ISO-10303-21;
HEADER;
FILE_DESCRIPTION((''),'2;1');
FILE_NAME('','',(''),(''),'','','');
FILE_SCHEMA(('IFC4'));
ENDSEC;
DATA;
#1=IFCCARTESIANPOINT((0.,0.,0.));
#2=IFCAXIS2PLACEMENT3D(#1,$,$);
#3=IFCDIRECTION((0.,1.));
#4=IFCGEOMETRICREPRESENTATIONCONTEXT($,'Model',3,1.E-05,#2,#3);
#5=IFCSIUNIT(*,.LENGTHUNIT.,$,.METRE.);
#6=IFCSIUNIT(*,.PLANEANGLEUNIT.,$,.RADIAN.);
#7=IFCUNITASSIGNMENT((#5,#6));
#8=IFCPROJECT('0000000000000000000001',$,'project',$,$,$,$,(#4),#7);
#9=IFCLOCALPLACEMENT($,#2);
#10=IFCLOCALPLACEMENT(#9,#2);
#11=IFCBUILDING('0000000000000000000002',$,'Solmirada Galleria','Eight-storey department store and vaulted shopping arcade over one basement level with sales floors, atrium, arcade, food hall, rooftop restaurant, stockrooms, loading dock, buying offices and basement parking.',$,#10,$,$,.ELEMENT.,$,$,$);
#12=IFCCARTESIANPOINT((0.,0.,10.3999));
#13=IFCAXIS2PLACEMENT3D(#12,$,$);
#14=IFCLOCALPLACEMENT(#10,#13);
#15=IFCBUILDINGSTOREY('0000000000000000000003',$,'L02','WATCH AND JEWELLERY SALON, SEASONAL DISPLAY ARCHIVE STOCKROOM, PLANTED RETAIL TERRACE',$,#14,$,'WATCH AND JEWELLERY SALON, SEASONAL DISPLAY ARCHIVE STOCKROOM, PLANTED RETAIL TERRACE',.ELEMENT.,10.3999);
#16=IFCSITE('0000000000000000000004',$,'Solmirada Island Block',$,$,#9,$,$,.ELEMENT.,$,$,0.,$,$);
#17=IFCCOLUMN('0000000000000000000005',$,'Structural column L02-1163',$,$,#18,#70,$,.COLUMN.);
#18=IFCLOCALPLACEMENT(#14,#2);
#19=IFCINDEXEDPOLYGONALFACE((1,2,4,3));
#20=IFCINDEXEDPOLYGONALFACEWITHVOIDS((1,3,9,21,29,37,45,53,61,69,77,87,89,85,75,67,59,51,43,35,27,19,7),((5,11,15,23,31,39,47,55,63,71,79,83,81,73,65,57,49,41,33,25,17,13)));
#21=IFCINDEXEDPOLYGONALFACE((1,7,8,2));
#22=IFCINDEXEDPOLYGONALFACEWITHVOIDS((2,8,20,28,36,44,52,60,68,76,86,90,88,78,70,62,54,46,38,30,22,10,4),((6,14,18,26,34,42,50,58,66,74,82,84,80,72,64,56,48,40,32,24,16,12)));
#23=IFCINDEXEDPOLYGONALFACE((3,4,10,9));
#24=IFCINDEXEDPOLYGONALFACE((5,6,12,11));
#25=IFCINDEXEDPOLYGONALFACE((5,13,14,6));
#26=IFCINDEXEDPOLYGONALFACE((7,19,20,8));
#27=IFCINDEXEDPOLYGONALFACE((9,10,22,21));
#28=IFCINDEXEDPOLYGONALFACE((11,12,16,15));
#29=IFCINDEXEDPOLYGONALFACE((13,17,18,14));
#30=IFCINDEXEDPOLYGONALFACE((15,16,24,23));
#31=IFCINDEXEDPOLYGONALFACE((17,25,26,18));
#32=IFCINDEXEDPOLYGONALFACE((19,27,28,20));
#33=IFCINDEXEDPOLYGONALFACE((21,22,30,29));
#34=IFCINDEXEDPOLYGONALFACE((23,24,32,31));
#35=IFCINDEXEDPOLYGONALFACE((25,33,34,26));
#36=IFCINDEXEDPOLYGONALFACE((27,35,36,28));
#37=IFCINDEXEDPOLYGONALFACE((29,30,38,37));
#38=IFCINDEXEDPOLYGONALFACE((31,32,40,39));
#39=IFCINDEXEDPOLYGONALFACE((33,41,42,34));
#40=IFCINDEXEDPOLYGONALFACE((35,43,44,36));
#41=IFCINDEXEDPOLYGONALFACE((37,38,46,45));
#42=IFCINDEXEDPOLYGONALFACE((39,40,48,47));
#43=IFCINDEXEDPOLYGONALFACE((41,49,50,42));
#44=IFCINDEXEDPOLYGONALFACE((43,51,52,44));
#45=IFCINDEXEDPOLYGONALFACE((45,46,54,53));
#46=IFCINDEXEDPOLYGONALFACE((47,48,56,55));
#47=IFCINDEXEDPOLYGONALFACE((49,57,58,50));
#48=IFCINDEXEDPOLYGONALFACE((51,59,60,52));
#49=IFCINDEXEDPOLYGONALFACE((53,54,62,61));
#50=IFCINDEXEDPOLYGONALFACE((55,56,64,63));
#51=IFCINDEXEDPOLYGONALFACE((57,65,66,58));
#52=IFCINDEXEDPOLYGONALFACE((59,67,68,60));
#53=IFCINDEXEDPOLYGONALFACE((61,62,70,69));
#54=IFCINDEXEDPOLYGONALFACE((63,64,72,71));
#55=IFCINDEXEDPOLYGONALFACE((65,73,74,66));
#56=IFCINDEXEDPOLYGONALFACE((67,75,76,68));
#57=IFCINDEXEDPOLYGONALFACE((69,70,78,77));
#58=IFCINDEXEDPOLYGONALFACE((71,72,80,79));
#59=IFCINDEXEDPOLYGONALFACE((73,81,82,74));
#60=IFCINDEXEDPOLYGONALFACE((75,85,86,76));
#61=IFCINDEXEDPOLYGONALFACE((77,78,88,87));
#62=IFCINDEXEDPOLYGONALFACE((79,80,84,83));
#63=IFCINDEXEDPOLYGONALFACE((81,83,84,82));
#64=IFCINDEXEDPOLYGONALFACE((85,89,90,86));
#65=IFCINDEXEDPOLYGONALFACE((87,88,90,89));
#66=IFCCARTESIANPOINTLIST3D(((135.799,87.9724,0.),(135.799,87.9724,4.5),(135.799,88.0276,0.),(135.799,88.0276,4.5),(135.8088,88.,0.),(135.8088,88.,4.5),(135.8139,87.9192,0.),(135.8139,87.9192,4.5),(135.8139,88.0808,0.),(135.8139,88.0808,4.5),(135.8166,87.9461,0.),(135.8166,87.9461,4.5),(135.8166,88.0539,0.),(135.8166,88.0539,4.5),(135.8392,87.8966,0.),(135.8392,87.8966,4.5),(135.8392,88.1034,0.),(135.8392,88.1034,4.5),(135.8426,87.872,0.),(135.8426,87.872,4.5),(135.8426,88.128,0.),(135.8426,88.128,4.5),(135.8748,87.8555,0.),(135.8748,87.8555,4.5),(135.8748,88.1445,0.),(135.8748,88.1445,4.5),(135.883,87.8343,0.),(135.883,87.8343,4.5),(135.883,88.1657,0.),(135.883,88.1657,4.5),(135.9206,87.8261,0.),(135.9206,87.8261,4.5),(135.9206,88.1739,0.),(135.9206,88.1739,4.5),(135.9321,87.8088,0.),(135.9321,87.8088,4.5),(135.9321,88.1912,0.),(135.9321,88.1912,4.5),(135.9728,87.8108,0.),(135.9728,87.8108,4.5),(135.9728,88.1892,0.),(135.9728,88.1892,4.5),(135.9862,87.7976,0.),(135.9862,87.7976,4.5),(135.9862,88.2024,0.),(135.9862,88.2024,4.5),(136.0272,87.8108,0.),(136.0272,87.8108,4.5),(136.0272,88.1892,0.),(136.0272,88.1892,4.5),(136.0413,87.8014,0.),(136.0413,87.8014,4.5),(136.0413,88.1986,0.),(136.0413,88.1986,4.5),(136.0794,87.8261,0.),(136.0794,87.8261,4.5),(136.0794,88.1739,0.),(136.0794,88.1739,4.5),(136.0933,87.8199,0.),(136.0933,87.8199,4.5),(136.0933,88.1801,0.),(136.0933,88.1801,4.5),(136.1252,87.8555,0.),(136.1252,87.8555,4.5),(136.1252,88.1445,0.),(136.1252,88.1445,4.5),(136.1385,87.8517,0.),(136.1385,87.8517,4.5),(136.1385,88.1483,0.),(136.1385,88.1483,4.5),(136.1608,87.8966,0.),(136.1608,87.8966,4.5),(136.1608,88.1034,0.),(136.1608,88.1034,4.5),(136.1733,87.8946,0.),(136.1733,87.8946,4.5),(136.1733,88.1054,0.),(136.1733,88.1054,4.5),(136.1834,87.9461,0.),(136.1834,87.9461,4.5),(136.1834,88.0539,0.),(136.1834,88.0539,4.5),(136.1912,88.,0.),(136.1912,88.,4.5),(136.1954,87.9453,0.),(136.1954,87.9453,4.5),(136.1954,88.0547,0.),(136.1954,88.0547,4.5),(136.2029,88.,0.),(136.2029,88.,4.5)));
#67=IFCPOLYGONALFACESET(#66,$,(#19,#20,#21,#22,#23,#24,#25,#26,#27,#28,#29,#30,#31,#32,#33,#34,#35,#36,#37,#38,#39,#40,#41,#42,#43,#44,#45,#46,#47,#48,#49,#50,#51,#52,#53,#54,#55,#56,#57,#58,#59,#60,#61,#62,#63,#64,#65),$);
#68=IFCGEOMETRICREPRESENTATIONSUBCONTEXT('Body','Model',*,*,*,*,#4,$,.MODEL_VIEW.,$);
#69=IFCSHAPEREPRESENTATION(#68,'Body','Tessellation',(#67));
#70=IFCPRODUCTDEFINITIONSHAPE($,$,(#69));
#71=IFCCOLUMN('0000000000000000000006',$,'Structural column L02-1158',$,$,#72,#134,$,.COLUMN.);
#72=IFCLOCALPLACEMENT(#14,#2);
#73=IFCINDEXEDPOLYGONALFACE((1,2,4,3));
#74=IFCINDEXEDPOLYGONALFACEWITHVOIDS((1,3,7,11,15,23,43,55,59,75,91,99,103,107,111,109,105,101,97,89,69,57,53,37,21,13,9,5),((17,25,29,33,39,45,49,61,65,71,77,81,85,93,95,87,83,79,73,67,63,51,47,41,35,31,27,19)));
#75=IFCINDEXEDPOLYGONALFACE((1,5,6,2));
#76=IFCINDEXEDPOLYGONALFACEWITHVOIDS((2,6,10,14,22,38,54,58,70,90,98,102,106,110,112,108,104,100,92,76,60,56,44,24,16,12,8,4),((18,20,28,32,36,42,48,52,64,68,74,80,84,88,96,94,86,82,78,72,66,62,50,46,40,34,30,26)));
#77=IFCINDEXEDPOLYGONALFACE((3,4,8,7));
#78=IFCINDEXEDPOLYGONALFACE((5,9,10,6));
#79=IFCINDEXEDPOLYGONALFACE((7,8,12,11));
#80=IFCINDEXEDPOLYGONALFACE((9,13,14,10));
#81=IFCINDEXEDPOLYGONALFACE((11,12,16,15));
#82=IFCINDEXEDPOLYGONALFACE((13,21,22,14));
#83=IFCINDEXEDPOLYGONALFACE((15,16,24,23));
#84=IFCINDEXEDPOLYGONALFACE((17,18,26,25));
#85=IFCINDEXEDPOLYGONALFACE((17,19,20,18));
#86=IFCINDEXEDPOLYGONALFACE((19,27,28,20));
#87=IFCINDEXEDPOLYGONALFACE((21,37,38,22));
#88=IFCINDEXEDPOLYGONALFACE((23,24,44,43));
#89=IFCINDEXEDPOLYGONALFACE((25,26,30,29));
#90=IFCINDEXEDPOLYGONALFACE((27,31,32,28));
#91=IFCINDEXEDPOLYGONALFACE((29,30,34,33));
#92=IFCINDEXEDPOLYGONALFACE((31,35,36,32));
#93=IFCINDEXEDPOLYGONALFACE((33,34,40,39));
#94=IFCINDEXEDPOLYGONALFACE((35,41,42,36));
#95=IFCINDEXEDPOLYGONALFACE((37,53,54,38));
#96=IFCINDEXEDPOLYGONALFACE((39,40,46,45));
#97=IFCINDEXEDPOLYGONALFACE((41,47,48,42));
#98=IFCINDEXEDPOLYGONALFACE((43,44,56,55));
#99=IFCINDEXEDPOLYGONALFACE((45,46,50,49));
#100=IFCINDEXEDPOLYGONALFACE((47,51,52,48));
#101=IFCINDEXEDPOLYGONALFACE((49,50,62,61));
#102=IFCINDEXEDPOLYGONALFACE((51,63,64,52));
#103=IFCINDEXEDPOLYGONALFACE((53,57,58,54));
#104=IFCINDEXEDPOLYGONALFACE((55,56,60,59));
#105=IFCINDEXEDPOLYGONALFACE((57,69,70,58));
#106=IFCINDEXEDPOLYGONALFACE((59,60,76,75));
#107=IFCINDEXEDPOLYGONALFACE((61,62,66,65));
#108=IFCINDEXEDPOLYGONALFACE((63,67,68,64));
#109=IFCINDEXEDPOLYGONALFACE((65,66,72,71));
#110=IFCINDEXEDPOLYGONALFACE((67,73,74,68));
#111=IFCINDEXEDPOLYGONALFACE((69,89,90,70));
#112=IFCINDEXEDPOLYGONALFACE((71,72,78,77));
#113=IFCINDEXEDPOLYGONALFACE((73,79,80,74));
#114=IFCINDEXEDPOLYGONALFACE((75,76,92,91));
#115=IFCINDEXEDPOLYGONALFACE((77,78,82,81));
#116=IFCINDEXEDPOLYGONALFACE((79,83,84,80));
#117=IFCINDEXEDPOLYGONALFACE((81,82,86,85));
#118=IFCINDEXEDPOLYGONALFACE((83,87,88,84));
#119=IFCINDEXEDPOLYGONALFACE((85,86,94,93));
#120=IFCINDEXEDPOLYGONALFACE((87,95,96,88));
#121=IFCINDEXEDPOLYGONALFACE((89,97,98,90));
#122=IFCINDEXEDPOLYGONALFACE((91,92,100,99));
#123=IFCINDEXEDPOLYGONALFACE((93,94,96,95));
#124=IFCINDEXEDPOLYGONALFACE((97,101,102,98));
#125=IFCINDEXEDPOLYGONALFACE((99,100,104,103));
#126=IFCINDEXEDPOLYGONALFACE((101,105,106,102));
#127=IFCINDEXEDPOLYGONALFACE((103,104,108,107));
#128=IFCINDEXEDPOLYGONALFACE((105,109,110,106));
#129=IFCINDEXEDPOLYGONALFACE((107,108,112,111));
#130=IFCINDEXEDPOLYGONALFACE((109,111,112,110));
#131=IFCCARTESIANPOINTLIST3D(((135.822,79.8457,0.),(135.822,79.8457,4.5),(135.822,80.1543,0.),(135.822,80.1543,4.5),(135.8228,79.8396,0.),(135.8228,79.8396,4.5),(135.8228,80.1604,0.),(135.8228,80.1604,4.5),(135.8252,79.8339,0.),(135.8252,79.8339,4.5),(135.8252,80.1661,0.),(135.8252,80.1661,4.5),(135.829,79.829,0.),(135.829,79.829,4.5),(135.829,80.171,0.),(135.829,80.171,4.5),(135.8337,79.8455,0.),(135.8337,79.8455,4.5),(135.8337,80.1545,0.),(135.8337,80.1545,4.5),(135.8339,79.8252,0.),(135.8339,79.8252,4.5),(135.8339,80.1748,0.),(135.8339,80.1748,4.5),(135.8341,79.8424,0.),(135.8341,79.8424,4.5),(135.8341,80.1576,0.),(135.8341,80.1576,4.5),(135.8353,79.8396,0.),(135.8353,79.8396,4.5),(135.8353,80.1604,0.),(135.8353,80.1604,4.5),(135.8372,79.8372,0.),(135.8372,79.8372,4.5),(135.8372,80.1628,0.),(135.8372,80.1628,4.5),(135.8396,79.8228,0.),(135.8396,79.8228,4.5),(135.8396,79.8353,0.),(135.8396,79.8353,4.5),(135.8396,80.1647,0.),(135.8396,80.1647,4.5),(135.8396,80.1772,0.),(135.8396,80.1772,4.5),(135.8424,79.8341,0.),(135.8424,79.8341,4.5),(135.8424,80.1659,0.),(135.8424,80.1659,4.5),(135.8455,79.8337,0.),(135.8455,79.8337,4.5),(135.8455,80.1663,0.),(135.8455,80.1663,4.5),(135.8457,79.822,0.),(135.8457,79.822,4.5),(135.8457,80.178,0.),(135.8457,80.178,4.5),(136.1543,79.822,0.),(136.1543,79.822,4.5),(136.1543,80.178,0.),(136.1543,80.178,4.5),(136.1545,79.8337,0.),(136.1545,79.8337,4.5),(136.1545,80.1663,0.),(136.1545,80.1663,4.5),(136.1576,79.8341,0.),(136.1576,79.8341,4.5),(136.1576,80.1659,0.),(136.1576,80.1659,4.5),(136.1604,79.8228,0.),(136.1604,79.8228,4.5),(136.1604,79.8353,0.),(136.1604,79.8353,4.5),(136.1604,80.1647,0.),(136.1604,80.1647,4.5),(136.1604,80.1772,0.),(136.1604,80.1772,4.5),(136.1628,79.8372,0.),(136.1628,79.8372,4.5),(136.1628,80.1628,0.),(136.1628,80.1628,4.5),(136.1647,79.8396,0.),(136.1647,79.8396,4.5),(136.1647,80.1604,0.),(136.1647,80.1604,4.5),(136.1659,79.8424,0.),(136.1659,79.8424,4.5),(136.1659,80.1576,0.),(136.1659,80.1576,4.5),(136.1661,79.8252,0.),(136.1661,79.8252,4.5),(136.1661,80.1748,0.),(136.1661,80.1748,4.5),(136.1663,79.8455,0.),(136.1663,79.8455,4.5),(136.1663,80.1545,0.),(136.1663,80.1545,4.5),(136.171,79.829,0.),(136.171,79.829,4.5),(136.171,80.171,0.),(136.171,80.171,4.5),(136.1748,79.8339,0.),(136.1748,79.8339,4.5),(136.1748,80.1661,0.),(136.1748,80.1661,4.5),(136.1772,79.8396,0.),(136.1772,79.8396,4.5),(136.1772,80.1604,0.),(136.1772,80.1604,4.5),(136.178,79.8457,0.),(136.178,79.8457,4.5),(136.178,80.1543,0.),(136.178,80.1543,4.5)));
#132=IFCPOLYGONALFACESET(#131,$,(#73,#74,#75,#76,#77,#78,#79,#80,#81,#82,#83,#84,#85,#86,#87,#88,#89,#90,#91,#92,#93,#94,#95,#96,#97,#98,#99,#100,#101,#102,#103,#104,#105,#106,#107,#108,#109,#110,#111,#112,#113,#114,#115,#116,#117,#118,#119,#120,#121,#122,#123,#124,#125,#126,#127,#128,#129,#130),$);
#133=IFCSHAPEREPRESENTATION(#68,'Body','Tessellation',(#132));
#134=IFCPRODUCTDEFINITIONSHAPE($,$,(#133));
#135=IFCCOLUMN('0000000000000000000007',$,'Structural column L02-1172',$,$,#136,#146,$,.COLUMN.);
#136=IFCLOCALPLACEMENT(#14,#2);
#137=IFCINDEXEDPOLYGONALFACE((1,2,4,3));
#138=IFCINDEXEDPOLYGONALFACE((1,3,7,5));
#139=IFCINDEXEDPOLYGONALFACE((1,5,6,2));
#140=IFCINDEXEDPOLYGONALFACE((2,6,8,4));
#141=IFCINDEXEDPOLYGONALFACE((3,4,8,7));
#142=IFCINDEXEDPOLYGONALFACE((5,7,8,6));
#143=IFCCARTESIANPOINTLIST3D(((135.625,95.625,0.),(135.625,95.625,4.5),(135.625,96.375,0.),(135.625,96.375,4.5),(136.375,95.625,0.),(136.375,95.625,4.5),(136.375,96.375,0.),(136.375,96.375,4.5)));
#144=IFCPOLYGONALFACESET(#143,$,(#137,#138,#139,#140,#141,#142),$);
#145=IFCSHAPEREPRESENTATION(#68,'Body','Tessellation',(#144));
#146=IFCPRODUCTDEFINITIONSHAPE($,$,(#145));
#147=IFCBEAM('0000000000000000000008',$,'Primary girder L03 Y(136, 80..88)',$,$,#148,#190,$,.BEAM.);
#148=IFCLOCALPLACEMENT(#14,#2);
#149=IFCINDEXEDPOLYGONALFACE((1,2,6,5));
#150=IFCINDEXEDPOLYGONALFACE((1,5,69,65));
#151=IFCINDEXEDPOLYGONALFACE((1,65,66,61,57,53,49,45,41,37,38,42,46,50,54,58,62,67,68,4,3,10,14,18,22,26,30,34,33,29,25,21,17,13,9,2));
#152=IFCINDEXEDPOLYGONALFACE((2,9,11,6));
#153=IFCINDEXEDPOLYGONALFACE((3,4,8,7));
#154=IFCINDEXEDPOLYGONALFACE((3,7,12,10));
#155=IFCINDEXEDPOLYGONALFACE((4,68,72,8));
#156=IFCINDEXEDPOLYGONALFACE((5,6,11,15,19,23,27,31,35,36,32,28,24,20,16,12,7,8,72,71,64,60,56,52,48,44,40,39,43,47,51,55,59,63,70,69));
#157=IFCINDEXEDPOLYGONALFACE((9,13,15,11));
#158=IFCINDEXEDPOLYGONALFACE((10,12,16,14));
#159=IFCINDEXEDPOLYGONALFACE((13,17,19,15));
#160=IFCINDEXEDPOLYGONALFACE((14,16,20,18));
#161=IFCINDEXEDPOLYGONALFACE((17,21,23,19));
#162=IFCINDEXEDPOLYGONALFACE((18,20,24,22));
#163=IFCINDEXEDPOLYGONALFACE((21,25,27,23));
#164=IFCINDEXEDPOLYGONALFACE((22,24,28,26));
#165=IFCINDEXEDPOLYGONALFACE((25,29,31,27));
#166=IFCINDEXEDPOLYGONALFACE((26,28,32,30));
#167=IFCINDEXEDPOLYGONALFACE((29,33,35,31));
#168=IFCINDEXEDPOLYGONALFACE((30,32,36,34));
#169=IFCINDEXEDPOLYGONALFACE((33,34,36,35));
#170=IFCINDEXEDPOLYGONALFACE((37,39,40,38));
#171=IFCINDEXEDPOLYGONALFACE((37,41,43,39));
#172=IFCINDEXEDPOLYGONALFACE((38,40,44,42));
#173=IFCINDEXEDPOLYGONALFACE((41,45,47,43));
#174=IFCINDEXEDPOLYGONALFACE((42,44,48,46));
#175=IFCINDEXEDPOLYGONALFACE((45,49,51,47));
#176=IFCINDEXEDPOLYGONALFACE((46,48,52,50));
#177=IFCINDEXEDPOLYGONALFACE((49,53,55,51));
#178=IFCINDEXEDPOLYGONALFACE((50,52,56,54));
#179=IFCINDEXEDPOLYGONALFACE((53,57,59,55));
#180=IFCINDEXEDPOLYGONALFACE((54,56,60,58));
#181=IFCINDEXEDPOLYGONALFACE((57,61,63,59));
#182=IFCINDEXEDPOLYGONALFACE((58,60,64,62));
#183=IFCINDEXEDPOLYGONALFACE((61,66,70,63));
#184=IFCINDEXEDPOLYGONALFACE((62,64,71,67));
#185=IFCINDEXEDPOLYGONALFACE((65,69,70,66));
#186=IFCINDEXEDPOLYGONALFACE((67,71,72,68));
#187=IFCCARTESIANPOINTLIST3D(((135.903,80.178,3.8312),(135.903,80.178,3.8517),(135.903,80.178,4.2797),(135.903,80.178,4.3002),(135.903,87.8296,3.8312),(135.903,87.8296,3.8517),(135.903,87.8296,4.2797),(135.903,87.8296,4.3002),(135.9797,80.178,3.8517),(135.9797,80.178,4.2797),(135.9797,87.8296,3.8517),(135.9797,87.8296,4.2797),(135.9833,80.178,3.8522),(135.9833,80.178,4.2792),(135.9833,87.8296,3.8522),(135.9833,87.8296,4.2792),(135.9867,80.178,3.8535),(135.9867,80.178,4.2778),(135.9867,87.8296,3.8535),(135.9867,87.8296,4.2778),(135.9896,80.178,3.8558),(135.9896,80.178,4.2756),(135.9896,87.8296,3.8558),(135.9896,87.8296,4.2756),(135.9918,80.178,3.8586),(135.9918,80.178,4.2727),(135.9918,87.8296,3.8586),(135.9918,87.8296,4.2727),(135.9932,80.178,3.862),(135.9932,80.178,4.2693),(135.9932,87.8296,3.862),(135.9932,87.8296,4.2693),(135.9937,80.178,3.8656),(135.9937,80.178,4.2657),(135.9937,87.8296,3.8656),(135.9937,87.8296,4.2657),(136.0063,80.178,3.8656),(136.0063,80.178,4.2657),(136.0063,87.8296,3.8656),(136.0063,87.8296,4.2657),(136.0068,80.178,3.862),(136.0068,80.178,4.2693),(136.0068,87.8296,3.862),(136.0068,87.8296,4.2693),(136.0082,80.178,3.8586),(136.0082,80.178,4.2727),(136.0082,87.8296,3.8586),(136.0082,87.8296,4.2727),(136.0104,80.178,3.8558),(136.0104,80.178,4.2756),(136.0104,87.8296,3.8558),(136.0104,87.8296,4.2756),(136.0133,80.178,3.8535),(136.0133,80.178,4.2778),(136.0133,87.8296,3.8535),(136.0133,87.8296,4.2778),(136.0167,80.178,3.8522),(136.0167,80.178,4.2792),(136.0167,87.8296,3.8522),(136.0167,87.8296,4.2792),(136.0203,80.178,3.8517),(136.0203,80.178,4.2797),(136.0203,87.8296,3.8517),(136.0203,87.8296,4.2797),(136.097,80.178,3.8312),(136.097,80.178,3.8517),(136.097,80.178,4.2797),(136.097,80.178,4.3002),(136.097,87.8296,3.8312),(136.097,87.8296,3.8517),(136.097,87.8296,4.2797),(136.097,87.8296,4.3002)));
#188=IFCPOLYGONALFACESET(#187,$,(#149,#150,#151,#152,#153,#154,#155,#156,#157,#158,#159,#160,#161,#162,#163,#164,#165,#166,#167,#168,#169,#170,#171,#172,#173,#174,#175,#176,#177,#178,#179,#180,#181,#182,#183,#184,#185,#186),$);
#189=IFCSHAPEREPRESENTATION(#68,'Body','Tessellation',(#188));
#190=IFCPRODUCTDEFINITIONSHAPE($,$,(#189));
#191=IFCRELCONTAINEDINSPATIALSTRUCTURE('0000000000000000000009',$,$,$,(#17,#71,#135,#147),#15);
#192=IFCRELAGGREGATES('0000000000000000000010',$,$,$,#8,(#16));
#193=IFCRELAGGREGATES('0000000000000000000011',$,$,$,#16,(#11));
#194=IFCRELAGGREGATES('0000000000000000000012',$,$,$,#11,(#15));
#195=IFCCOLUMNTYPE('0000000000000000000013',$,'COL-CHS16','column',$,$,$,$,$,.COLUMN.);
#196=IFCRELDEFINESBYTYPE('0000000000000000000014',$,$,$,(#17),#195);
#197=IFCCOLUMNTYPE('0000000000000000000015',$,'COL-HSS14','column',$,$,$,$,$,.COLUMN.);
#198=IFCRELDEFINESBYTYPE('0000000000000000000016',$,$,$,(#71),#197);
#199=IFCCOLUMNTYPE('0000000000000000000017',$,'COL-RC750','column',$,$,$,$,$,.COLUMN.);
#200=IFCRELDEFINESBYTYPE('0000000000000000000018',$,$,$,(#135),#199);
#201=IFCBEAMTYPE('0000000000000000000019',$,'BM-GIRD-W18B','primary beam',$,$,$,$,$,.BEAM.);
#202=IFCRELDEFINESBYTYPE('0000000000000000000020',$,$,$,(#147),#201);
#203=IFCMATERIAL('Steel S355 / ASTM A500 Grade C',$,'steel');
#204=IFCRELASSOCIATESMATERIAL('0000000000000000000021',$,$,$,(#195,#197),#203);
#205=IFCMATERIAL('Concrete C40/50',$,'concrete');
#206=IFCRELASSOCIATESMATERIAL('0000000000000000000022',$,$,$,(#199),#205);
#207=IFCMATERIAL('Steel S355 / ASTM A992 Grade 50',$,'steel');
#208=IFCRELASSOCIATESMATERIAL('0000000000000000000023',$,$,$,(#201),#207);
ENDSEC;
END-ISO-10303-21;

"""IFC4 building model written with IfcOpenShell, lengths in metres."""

from ifc_helpers import new_model, si_unit, direction, frame, origin, origin_2d, place, context, subcontext, project, spatial, rectangle, hollow_rectangle, hollow_circle, i_section, extrude, material, material_profile, profile_set, type_object, element, save


model = new_model("IFC4")

# Units and contexts
model_context = context("Model", 3, precision=1e-05, world=origin(), true_north=direction((0.0, 1.0)))
body_context = subcontext(model_context, "Body", "Model", "MODEL_VIEW")
ifc_project = project(units=[si_unit("LENGTHUNIT", "METRE"), si_unit("PLANEANGLEUNIT", "RADIAN")], contexts=[model_context])

# Site, building, storey
site_placement = place(None, origin())
site = spatial("IfcSite", under=ifc_project, at=site_placement, Name="Solmirada Island Block", CompositionType="ELEMENT", RefElevation=0.0)
building_placement = place(site_placement, origin())
building = spatial("IfcBuilding", under=site, at=building_placement, Name="Solmirada Galleria", Description="Eight-storey department store and vaulted shopping arcade over one basement level with sales floors, atrium, arcade, food hall, rooftop restaurant, stockrooms, loading dock, buying offices and basement parking.", CompositionType="ELEMENT")
storey_placement = place(building_placement, frame((0.0, 0.0, 10.3999)))
storey = spatial("IfcBuildingStorey", under=building, at=storey_placement, Name="L02", Description="WATCH AND JEWELLERY SALON, SEASONAL DISPLAY ARCHIVE STOCKROOM, PLANTED RETAIL TERRACE", LongName="WATCH AND JEWELLERY SALON, SEASONAL DISPLAY ARCHIVE STOCKROOM, PLANTED RETAIL TERRACE", CompositionType="ELEMENT", Elevation=10.3999)

# Columns
ifc_material_1 = material(Name="Steel S355 / ASTM A500 Grade C", Category="steel")
ifc_material_profile_1 = material_profile(ifc_material_1, hollow_circle(Radius=0.2029, WallThickness=0.0117, at=origin_2d()), Name="HSS16.000X0.500")
ifc_profile_set_1 = profile_set([ifc_material_profile_1], Name="Steel S355 / ASTM A500 Grade C")
column_type_1 = type_object("IfcColumnType", Name="COL-CHS16", Description="column", PredefinedType="COLUMN", material=ifc_profile_set_1)
column_1_placement = place(storey_placement, frame((136.0, 88.0, 0.0), z_axis=(0.0, 0.0, 1.0), x_axis=(1.0, 0.0, 0.0)))
element("IfcColumn", 1, at=column_1_placement, inside=storey, type_object=column_type_1, Name="Structural column L02-1163", PredefinedType="COLUMN", context=body_context, shape_type="SweptSolid", body=[
    extrude(hollow_circle(Radius=0.2029, WallThickness=0.0117, at=origin_2d()), origin(), (0.0, 0.0, 1.0), 4.5),
])
ifc_material_profile_2 = material_profile(ifc_material_1, hollow_rectangle(XDim=0.356, YDim=0.356, WallThickness=0.0117, InnerFilletRadius=0.0117, OuterFilletRadius=0.0237, at=origin_2d()), Name="HSS14X14X1/2")
ifc_profile_set_2 = profile_set([ifc_material_profile_2], Name="Steel S355 / ASTM A500 Grade C")
column_type_2 = type_object("IfcColumnType", Name="COL-HSS14", Description="column", PredefinedType="COLUMN", material=ifc_profile_set_2)
column_2_placement = place(storey_placement, frame((136.0, 80.0, 0.0), z_axis=(0.0, 0.0, 1.0), x_axis=(1.0, 0.0, 0.0)))
element("IfcColumn", 2, at=column_2_placement, inside=storey, type_object=column_type_2, Name="Structural column L02-1158", PredefinedType="COLUMN", context=body_context, shape_type="SweptSolid", body=[
    extrude(hollow_rectangle(XDim=0.356, YDim=0.356, WallThickness=0.0117, InnerFilletRadius=0.0117, OuterFilletRadius=0.0237, at=origin_2d()), origin(), (0.0, 0.0, 1.0), 4.5),
])
ifc_material_2 = material(Name="Concrete C40/50", Category="concrete")
ifc_material_profile_3 = material_profile(ifc_material_2, rectangle(XDim=0.75, YDim=0.75, at=origin_2d()), Name="RC750X750")
ifc_profile_set_3 = profile_set([ifc_material_profile_3], Name="Concrete C40/50")
column_type_3 = type_object("IfcColumnType", Name="COL-RC750", Description="column", PredefinedType="COLUMN", material=ifc_profile_set_3)
column_3_placement = place(storey_placement, frame((136.0, 96.0, 0.0), z_axis=(0.0, 0.0, 1.0), x_axis=(1.0, 0.0, 0.0)))
element("IfcColumn", 3, at=column_3_placement, inside=storey, type_object=column_type_3, Name="Structural column L02-1172", PredefinedType="COLUMN", context=body_context, shape_type="SweptSolid", body=[
    extrude(rectangle(XDim=0.75, YDim=0.75, at=origin_2d()), origin(), (0.0, 0.0, 1.0), 4.5),
])

# Beam
ifc_material_3 = material(Name="Steel S355 / ASTM A992 Grade 50", Category="steel")
ifc_material_profile_4 = material_profile(ifc_material_3, i_section(OverallWidth=0.1941, OverallDepth=0.469, WebThickness=0.0127, FlangeThickness=0.0205, FilletRadius=0.0139, at=origin_2d()), Name="W18X71")
ifc_profile_set_4 = profile_set([ifc_material_profile_4], Name="Steel S355 / ASTM A992 Grade 50")
beam_type_1 = type_object("IfcBeamType", Name="BM-GIRD-W18B", Description="primary beam", PredefinedType="BEAM", material=ifc_profile_set_4)
beam_1_placement = place(storey_placement, frame((136.0, 80.178, 4.0657), z_axis=(0.0, 1.0, 0.0), x_axis=(-1.0, 0.0, 0.0)))
element("IfcBeam", 4, at=beam_1_placement, inside=storey, type_object=beam_type_1, Name="Primary girder L03 Y(136, 80..88)", PredefinedType="BEAM", context=body_context, shape_type="SweptSolid", body=[
    extrude(i_section(OverallWidth=0.1941, OverallDepth=0.469, WebThickness=0.0127, FlangeThickness=0.0205, FilletRadius=0.0139, at=origin_2d()), origin(), (0.0, 0.0, 1.0), 7.6516),
])

save(model, "model.ifc")
